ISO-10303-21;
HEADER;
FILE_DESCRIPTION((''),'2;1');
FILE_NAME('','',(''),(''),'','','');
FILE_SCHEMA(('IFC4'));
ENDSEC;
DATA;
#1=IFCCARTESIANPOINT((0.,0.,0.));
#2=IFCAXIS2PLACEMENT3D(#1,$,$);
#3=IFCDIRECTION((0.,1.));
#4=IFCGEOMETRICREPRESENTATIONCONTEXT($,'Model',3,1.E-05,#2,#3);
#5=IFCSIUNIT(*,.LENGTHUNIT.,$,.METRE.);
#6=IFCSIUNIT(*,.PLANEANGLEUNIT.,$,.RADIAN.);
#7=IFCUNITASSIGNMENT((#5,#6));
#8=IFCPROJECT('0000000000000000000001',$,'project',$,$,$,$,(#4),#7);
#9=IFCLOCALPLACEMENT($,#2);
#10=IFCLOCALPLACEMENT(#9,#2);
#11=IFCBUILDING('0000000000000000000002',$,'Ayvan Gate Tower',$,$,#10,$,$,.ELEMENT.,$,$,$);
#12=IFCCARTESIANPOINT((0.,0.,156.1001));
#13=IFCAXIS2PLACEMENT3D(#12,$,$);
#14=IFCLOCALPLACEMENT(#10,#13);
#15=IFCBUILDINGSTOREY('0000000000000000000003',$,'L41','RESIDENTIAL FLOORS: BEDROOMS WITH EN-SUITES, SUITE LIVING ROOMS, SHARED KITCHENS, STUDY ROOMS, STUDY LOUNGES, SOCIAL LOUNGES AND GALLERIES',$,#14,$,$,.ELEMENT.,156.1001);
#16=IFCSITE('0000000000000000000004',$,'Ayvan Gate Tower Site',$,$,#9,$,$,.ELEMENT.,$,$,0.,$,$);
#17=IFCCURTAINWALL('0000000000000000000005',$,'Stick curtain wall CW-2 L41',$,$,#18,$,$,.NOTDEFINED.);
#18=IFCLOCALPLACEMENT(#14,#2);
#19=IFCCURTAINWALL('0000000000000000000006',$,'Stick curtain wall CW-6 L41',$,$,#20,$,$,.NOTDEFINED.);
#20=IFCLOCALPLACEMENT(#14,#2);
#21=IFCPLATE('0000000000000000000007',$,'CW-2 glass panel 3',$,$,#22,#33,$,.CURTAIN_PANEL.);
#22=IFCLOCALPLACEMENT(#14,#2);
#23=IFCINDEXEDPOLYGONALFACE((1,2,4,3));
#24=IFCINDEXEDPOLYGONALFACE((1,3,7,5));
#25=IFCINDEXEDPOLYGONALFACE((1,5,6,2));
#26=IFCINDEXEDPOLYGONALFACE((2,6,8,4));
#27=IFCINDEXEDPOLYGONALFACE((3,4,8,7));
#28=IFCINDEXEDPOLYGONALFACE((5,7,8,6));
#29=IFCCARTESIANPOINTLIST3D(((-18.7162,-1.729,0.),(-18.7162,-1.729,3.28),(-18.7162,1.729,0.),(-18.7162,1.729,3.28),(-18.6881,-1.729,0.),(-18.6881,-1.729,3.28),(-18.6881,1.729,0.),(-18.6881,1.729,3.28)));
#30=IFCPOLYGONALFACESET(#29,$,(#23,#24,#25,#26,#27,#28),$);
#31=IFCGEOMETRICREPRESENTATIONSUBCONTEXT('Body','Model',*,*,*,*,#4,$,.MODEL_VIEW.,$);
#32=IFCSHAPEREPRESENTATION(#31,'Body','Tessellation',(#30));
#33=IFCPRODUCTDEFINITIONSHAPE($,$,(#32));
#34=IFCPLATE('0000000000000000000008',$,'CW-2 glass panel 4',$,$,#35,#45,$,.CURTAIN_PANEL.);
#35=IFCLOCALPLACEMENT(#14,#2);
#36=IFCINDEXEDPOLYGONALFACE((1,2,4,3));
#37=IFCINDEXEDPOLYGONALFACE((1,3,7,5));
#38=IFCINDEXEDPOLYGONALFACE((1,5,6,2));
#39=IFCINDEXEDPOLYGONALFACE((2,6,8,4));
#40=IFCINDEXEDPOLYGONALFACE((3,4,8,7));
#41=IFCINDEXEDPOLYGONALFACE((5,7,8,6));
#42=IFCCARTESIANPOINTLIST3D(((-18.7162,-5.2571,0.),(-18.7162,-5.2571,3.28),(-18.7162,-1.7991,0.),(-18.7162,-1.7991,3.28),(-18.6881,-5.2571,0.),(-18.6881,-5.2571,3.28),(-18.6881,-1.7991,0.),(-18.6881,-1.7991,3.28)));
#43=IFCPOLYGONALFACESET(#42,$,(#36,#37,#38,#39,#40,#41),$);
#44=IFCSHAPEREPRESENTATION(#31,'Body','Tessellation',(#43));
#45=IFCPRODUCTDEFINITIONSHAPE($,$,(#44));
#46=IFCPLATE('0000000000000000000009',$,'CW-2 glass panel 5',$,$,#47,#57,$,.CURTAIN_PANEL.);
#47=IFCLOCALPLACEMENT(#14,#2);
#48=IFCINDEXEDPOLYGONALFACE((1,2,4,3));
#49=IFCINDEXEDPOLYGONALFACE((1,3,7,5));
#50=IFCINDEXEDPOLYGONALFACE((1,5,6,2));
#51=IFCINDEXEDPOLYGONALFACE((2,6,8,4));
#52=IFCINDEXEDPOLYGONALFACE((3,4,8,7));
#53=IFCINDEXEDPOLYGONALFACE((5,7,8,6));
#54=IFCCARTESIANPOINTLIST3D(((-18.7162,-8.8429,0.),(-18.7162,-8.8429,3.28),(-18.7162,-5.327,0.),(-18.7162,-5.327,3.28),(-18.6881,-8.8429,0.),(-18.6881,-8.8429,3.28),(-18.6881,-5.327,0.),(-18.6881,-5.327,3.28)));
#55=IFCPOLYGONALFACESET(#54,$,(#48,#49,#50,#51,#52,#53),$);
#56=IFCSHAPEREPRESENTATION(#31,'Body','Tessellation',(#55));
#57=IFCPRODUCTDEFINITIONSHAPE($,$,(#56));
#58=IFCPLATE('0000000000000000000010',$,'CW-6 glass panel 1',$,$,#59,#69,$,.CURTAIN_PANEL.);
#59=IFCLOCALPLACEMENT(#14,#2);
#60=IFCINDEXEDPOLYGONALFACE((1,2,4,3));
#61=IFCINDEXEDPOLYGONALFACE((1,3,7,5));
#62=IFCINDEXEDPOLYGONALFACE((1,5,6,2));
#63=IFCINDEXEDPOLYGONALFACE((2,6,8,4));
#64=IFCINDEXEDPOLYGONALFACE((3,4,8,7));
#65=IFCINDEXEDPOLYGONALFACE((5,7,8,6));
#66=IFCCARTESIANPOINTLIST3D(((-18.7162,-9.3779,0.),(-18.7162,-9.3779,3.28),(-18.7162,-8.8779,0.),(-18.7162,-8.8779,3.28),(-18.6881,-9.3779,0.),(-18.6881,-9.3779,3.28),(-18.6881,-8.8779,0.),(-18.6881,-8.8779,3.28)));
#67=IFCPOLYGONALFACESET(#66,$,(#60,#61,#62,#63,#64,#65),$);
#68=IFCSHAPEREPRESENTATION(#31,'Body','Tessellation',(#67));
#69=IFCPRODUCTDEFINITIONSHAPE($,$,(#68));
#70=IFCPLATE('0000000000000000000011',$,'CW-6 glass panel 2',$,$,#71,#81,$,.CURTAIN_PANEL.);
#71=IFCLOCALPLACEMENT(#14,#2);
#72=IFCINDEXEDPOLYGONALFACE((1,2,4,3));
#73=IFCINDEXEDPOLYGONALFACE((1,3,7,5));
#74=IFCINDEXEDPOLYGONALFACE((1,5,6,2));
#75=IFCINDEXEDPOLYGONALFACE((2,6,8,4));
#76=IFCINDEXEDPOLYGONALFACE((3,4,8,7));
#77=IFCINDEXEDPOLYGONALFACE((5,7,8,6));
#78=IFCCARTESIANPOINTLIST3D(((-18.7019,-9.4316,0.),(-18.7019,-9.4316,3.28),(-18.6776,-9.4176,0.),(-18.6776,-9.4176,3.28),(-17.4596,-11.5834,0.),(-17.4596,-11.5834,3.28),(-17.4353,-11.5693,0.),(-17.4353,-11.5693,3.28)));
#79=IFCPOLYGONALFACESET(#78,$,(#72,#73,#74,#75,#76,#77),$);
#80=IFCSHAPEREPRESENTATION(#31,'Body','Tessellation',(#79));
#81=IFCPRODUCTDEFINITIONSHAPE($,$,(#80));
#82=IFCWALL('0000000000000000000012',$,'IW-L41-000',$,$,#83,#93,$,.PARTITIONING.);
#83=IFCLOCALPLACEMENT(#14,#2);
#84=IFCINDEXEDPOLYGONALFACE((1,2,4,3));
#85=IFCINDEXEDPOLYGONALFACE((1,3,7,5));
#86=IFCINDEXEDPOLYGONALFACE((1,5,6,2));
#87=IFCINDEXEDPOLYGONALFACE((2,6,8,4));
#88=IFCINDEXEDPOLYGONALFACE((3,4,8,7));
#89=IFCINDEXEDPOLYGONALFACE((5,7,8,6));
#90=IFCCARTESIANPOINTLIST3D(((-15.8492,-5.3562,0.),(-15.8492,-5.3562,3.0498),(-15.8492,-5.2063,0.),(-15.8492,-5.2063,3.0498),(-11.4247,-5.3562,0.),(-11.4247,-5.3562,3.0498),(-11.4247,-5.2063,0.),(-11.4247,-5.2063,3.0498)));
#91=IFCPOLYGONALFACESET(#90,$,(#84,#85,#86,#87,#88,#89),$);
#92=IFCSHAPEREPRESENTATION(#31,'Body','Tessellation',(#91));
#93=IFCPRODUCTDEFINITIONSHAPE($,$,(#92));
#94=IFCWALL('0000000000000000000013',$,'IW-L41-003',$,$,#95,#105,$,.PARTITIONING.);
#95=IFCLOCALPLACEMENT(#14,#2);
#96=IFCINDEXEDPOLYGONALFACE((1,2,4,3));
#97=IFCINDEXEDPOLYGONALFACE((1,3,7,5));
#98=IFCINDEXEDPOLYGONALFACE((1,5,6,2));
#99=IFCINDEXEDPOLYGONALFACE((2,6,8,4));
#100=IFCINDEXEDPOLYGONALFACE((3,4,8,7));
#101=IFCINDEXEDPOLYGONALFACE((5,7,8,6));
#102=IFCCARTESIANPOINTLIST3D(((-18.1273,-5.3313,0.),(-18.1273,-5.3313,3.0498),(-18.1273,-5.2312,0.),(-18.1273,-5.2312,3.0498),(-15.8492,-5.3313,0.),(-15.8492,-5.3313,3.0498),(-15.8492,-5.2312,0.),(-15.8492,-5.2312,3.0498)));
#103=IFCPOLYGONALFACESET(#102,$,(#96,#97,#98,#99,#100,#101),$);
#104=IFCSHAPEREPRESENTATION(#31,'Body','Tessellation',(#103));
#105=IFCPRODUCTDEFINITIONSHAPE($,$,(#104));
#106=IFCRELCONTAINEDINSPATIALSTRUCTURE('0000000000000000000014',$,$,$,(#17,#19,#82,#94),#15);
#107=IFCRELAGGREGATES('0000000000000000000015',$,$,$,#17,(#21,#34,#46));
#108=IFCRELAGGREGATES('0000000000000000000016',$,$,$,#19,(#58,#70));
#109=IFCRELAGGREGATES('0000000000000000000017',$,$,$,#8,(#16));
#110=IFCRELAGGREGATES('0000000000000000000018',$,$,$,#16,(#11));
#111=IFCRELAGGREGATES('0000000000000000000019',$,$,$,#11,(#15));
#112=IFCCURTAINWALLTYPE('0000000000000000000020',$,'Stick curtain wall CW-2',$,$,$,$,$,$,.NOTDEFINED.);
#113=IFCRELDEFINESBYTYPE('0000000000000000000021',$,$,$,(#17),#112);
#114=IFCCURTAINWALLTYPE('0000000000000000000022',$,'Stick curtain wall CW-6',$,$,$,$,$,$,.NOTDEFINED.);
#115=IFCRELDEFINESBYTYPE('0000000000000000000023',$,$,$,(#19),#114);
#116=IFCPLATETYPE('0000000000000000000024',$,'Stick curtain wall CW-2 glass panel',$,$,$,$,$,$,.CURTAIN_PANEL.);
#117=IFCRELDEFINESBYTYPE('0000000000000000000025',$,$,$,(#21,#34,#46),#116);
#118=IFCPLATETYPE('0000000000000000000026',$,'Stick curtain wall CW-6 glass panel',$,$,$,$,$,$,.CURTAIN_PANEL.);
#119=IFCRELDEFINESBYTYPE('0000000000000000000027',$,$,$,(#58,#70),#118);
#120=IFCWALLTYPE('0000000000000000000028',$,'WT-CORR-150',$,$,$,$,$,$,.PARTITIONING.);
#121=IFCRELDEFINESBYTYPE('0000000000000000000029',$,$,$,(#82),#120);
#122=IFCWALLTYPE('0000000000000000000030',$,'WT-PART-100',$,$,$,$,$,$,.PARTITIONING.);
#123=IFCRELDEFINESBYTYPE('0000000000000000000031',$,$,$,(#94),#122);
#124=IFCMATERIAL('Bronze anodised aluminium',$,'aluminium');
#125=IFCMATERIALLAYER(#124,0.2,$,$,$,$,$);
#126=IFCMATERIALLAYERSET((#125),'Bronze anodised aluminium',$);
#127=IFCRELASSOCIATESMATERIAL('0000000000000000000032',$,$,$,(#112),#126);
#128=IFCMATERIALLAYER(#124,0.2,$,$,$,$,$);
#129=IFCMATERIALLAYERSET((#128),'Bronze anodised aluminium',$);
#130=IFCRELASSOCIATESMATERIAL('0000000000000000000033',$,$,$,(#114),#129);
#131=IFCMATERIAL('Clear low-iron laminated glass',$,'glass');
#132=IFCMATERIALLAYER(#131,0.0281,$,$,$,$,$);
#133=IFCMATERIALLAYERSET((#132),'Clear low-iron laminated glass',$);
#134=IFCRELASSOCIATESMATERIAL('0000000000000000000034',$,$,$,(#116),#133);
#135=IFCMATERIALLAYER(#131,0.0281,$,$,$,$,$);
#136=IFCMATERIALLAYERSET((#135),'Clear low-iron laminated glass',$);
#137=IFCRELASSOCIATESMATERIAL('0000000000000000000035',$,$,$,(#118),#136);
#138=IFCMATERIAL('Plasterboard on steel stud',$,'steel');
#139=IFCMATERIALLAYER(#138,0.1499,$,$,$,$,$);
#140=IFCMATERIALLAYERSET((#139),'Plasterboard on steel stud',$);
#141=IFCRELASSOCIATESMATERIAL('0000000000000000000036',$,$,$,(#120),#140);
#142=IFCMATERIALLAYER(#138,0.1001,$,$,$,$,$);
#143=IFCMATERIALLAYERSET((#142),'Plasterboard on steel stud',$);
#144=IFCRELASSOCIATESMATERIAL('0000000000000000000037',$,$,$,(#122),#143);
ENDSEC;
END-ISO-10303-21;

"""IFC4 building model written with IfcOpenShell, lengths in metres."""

from ifc_helpers import new_model, si_unit, direction, frame, frame_2d, origin, origin_2d, place, context, subcontext, project, spatial, rectangle, extrude, material, layer, layer_set, type_object, element, aggregate, save


model = new_model("IFC4")

# Units and contexts
model_context = context("Model", 3, precision=1e-05, world=origin(), true_north=direction((0.0, 1.0)))
body_context = subcontext(model_context, "Body", "Model", "MODEL_VIEW")
ifc_project = project(units=[si_unit("LENGTHUNIT", "METRE"), si_unit("PLANEANGLEUNIT", "RADIAN")], contexts=[model_context])

# Site, building, storey
site_placement = place(None, origin())
site = spatial("IfcSite", under=ifc_project, at=site_placement, Name="Ayvan Gate Tower Site", CompositionType="ELEMENT", RefElevation=0.0)
building_placement = place(site_placement, origin())
building = spatial("IfcBuilding", under=site, at=building_placement, Name="Ayvan Gate Tower", CompositionType="ELEMENT")
storey_placement = place(building_placement, frame((0.0, 0.0, 156.1001)))
storey = spatial("IfcBuildingStorey", under=building, at=storey_placement, Name="L41", Description="RESIDENTIAL FLOORS: BEDROOMS WITH EN-SUITES, SUITE LIVING ROOMS, SHARED KITCHENS, STUDY ROOMS, STUDY LOUNGES, SOCIAL LOUNGES AND GALLERIES", CompositionType="ELEMENT", Elevation=156.1001)

# Curtain walls
ifc_material_1 = material(Name="Bronze anodised aluminium", Category="aluminium")
ifc_layer_1 = layer(ifc_material_1, 0.2)
ifc_layer_set_1 = layer_set([ifc_layer_1], Name="Bronze anodised aluminium")
curtain_wall_type_1 = type_object("IfcCurtainWallType", Name="Stick curtain wall CW-2", PredefinedType="NOTDEFINED", material=ifc_layer_set_1)
curtain_wall_1_placement = place(storey_placement, origin())
curtain_wall_1 = element("IfcCurtainWall", 1, at=curtain_wall_1_placement, inside=storey, type_object=curtain_wall_type_1, Name="Stick curtain wall CW-2 L41", PredefinedType="NOTDEFINED")
ifc_layer_2 = layer(ifc_material_1, 0.2)
ifc_layer_set_2 = layer_set([ifc_layer_2], Name="Bronze anodised aluminium")
curtain_wall_type_2 = type_object("IfcCurtainWallType", Name="Stick curtain wall CW-6", PredefinedType="NOTDEFINED", material=ifc_layer_set_2)
curtain_wall_2_placement = place(storey_placement, origin())
curtain_wall_2 = element("IfcCurtainWall", 2, at=curtain_wall_2_placement, inside=storey, type_object=curtain_wall_type_2, Name="Stick curtain wall CW-6 L41", PredefinedType="NOTDEFINED")

# Plates
ifc_material_2 = material(Name="Clear low-iron laminated glass", Category="glass")
ifc_layer_3 = layer(ifc_material_2, 0.0281)
ifc_layer_set_3 = layer_set([ifc_layer_3], Name="Clear low-iron laminated glass")
plate_type_1 = type_object("IfcPlateType", Name="Stick curtain wall CW-2 glass panel", PredefinedType="CURTAIN_PANEL", material=ifc_layer_set_3)
plate_1_placement = place(storey_placement, frame((-18.7021, 0.0, 0.0), z_axis=(0.0, 0.0, 1.0), x_axis=(0.0, -1.0, 0.0)))
plate_1 = element("IfcPlate", 3, at=plate_1_placement, type_object=plate_type_1, Name="CW-2 glass panel 3", PredefinedType="CURTAIN_PANEL", context=body_context, shape_type="SweptSolid", body=[
    extrude(rectangle(XDim=3.458, YDim=0.0281, at=origin_2d()), origin(), (0.0, 0.0, 1.0), 3.28),
])
plate_2_placement = place(storey_placement, frame((-18.7021, -3.5281, 0.0), z_axis=(0.0, 0.0, 1.0), x_axis=(0.0, -1.0, 0.0)))
plate_2 = element("IfcPlate", 4, at=plate_2_placement, type_object=plate_type_1, Name="CW-2 glass panel 4", PredefinedType="CURTAIN_PANEL", context=body_context, shape_type="SweptSolid", body=[
    extrude(rectangle(XDim=3.458, YDim=0.0281, at=origin_2d()), origin(), (0.0, 0.0, 1.0), 3.28),
])
plate_3_placement = place(storey_placement, frame((-18.7021, -7.085, 0.0), z_axis=(0.0, 0.0, 1.0), x_axis=(0.0, -1.0, 0.0)))
plate_3 = element("IfcPlate", 5, at=plate_3_placement, type_object=plate_type_1, Name="CW-2 glass panel 5", PredefinedType="CURTAIN_PANEL", context=body_context, shape_type="SweptSolid", body=[
    extrude(rectangle(XDim=3.5159, YDim=0.0281, at=origin_2d()), origin(), (0.0, 0.0, 1.0), 3.28),
])
aggregate(curtain_wall_1, [plate_1, plate_2, plate_3])
ifc_layer_4 = layer(ifc_material_2, 0.0281)
ifc_layer_set_4 = layer_set([ifc_layer_4], Name="Clear low-iron laminated glass")
plate_type_2 = type_object("IfcPlateType", Name="Stick curtain wall CW-6 glass panel", PredefinedType="CURTAIN_PANEL", material=ifc_layer_set_4)
plate_4_placement = place(storey_placement, frame((-18.7021, -9.1279, 0.0), z_axis=(0.0, 0.0, 1.0), x_axis=(0.0, -1.0, 0.0)))
plate_4 = element("IfcPlate", 6, at=plate_4_placement, type_object=plate_type_2, Name="CW-6 glass panel 1", PredefinedType="CURTAIN_PANEL", context=body_context, shape_type="SweptSolid", body=[
    extrude(rectangle(XDim=0.5, YDim=0.0281, at=origin_2d()), origin(), (0.0, 0.0, 1.0), 3.28),
])
plate_5_placement = place(storey_placement, frame((-18.0686, -10.5005, 0.0), z_axis=(0.0, 0.0, 1.0), x_axis=(0.5, -0.866025, 0.0)))
plate_5 = element("IfcPlate", 7, at=plate_5_placement, type_object=plate_type_2, Name="CW-6 glass panel 2", PredefinedType="CURTAIN_PANEL", context=body_context, shape_type="SweptSolid", body=[
    extrude(rectangle(XDim=2.4846, YDim=0.0281, at=origin_2d()), origin(), (0.0, 0.0, 1.0), 3.28),
])
aggregate(curtain_wall_2, [plate_4, plate_5])

# Walls
ifc_material_3 = material(Name="Plasterboard on steel stud", Category="steel")
ifc_layer_5 = layer(ifc_material_3, 0.1499)
ifc_layer_set_5 = layer_set([ifc_layer_5], Name="Plasterboard on steel stud")
wall_type_1 = type_object("IfcWallType", Name="WT-CORR-150", PredefinedType="PARTITIONING", material=ifc_layer_set_5)
wall_1_placement = place(storey_placement, frame((-15.8494, -5.2812, 0.0), z_axis=(0.0, 0.0, 1.0), x_axis=(1.0, 0.0, 0.0)))
element("IfcWall", 8, at=wall_1_placement, inside=storey, type_object=wall_type_1, Name="IW-L41-000", PredefinedType="PARTITIONING", context=body_context, shape_type="SweptSolid", body=[
    extrude(rectangle(XDim=4.4246, YDim=0.1499, at=frame_2d((2.2124, 0.0))), origin(), (0.0, 0.0, 1.0), 3.0498),
])
ifc_layer_6 = layer(ifc_material_3, 0.1001)
ifc_layer_set_6 = layer_set([ifc_layer_6], Name="Plasterboard on steel stud")
wall_type_2 = type_object("IfcWallType", Name="WT-PART-100", PredefinedType="PARTITIONING", material=ifc_layer_set_6)
wall_2_placement = place(storey_placement, frame((-15.8491, -5.2812, 0.0), z_axis=(0.0, 0.0, 1.0), x_axis=(-1.0, 0.0, 0.0)))
element("IfcWall", 9, at=wall_2_placement, inside=storey, type_object=wall_type_2, Name="IW-L41-003", PredefinedType="PARTITIONING", context=body_context, shape_type="SweptSolid", body=[
    extrude(rectangle(XDim=2.2781, YDim=0.1001, at=frame_2d((1.1392, 0.0))), origin(), (0.0, 0.0, 1.0), 3.0498),
])

save(model, "model.ifc")
